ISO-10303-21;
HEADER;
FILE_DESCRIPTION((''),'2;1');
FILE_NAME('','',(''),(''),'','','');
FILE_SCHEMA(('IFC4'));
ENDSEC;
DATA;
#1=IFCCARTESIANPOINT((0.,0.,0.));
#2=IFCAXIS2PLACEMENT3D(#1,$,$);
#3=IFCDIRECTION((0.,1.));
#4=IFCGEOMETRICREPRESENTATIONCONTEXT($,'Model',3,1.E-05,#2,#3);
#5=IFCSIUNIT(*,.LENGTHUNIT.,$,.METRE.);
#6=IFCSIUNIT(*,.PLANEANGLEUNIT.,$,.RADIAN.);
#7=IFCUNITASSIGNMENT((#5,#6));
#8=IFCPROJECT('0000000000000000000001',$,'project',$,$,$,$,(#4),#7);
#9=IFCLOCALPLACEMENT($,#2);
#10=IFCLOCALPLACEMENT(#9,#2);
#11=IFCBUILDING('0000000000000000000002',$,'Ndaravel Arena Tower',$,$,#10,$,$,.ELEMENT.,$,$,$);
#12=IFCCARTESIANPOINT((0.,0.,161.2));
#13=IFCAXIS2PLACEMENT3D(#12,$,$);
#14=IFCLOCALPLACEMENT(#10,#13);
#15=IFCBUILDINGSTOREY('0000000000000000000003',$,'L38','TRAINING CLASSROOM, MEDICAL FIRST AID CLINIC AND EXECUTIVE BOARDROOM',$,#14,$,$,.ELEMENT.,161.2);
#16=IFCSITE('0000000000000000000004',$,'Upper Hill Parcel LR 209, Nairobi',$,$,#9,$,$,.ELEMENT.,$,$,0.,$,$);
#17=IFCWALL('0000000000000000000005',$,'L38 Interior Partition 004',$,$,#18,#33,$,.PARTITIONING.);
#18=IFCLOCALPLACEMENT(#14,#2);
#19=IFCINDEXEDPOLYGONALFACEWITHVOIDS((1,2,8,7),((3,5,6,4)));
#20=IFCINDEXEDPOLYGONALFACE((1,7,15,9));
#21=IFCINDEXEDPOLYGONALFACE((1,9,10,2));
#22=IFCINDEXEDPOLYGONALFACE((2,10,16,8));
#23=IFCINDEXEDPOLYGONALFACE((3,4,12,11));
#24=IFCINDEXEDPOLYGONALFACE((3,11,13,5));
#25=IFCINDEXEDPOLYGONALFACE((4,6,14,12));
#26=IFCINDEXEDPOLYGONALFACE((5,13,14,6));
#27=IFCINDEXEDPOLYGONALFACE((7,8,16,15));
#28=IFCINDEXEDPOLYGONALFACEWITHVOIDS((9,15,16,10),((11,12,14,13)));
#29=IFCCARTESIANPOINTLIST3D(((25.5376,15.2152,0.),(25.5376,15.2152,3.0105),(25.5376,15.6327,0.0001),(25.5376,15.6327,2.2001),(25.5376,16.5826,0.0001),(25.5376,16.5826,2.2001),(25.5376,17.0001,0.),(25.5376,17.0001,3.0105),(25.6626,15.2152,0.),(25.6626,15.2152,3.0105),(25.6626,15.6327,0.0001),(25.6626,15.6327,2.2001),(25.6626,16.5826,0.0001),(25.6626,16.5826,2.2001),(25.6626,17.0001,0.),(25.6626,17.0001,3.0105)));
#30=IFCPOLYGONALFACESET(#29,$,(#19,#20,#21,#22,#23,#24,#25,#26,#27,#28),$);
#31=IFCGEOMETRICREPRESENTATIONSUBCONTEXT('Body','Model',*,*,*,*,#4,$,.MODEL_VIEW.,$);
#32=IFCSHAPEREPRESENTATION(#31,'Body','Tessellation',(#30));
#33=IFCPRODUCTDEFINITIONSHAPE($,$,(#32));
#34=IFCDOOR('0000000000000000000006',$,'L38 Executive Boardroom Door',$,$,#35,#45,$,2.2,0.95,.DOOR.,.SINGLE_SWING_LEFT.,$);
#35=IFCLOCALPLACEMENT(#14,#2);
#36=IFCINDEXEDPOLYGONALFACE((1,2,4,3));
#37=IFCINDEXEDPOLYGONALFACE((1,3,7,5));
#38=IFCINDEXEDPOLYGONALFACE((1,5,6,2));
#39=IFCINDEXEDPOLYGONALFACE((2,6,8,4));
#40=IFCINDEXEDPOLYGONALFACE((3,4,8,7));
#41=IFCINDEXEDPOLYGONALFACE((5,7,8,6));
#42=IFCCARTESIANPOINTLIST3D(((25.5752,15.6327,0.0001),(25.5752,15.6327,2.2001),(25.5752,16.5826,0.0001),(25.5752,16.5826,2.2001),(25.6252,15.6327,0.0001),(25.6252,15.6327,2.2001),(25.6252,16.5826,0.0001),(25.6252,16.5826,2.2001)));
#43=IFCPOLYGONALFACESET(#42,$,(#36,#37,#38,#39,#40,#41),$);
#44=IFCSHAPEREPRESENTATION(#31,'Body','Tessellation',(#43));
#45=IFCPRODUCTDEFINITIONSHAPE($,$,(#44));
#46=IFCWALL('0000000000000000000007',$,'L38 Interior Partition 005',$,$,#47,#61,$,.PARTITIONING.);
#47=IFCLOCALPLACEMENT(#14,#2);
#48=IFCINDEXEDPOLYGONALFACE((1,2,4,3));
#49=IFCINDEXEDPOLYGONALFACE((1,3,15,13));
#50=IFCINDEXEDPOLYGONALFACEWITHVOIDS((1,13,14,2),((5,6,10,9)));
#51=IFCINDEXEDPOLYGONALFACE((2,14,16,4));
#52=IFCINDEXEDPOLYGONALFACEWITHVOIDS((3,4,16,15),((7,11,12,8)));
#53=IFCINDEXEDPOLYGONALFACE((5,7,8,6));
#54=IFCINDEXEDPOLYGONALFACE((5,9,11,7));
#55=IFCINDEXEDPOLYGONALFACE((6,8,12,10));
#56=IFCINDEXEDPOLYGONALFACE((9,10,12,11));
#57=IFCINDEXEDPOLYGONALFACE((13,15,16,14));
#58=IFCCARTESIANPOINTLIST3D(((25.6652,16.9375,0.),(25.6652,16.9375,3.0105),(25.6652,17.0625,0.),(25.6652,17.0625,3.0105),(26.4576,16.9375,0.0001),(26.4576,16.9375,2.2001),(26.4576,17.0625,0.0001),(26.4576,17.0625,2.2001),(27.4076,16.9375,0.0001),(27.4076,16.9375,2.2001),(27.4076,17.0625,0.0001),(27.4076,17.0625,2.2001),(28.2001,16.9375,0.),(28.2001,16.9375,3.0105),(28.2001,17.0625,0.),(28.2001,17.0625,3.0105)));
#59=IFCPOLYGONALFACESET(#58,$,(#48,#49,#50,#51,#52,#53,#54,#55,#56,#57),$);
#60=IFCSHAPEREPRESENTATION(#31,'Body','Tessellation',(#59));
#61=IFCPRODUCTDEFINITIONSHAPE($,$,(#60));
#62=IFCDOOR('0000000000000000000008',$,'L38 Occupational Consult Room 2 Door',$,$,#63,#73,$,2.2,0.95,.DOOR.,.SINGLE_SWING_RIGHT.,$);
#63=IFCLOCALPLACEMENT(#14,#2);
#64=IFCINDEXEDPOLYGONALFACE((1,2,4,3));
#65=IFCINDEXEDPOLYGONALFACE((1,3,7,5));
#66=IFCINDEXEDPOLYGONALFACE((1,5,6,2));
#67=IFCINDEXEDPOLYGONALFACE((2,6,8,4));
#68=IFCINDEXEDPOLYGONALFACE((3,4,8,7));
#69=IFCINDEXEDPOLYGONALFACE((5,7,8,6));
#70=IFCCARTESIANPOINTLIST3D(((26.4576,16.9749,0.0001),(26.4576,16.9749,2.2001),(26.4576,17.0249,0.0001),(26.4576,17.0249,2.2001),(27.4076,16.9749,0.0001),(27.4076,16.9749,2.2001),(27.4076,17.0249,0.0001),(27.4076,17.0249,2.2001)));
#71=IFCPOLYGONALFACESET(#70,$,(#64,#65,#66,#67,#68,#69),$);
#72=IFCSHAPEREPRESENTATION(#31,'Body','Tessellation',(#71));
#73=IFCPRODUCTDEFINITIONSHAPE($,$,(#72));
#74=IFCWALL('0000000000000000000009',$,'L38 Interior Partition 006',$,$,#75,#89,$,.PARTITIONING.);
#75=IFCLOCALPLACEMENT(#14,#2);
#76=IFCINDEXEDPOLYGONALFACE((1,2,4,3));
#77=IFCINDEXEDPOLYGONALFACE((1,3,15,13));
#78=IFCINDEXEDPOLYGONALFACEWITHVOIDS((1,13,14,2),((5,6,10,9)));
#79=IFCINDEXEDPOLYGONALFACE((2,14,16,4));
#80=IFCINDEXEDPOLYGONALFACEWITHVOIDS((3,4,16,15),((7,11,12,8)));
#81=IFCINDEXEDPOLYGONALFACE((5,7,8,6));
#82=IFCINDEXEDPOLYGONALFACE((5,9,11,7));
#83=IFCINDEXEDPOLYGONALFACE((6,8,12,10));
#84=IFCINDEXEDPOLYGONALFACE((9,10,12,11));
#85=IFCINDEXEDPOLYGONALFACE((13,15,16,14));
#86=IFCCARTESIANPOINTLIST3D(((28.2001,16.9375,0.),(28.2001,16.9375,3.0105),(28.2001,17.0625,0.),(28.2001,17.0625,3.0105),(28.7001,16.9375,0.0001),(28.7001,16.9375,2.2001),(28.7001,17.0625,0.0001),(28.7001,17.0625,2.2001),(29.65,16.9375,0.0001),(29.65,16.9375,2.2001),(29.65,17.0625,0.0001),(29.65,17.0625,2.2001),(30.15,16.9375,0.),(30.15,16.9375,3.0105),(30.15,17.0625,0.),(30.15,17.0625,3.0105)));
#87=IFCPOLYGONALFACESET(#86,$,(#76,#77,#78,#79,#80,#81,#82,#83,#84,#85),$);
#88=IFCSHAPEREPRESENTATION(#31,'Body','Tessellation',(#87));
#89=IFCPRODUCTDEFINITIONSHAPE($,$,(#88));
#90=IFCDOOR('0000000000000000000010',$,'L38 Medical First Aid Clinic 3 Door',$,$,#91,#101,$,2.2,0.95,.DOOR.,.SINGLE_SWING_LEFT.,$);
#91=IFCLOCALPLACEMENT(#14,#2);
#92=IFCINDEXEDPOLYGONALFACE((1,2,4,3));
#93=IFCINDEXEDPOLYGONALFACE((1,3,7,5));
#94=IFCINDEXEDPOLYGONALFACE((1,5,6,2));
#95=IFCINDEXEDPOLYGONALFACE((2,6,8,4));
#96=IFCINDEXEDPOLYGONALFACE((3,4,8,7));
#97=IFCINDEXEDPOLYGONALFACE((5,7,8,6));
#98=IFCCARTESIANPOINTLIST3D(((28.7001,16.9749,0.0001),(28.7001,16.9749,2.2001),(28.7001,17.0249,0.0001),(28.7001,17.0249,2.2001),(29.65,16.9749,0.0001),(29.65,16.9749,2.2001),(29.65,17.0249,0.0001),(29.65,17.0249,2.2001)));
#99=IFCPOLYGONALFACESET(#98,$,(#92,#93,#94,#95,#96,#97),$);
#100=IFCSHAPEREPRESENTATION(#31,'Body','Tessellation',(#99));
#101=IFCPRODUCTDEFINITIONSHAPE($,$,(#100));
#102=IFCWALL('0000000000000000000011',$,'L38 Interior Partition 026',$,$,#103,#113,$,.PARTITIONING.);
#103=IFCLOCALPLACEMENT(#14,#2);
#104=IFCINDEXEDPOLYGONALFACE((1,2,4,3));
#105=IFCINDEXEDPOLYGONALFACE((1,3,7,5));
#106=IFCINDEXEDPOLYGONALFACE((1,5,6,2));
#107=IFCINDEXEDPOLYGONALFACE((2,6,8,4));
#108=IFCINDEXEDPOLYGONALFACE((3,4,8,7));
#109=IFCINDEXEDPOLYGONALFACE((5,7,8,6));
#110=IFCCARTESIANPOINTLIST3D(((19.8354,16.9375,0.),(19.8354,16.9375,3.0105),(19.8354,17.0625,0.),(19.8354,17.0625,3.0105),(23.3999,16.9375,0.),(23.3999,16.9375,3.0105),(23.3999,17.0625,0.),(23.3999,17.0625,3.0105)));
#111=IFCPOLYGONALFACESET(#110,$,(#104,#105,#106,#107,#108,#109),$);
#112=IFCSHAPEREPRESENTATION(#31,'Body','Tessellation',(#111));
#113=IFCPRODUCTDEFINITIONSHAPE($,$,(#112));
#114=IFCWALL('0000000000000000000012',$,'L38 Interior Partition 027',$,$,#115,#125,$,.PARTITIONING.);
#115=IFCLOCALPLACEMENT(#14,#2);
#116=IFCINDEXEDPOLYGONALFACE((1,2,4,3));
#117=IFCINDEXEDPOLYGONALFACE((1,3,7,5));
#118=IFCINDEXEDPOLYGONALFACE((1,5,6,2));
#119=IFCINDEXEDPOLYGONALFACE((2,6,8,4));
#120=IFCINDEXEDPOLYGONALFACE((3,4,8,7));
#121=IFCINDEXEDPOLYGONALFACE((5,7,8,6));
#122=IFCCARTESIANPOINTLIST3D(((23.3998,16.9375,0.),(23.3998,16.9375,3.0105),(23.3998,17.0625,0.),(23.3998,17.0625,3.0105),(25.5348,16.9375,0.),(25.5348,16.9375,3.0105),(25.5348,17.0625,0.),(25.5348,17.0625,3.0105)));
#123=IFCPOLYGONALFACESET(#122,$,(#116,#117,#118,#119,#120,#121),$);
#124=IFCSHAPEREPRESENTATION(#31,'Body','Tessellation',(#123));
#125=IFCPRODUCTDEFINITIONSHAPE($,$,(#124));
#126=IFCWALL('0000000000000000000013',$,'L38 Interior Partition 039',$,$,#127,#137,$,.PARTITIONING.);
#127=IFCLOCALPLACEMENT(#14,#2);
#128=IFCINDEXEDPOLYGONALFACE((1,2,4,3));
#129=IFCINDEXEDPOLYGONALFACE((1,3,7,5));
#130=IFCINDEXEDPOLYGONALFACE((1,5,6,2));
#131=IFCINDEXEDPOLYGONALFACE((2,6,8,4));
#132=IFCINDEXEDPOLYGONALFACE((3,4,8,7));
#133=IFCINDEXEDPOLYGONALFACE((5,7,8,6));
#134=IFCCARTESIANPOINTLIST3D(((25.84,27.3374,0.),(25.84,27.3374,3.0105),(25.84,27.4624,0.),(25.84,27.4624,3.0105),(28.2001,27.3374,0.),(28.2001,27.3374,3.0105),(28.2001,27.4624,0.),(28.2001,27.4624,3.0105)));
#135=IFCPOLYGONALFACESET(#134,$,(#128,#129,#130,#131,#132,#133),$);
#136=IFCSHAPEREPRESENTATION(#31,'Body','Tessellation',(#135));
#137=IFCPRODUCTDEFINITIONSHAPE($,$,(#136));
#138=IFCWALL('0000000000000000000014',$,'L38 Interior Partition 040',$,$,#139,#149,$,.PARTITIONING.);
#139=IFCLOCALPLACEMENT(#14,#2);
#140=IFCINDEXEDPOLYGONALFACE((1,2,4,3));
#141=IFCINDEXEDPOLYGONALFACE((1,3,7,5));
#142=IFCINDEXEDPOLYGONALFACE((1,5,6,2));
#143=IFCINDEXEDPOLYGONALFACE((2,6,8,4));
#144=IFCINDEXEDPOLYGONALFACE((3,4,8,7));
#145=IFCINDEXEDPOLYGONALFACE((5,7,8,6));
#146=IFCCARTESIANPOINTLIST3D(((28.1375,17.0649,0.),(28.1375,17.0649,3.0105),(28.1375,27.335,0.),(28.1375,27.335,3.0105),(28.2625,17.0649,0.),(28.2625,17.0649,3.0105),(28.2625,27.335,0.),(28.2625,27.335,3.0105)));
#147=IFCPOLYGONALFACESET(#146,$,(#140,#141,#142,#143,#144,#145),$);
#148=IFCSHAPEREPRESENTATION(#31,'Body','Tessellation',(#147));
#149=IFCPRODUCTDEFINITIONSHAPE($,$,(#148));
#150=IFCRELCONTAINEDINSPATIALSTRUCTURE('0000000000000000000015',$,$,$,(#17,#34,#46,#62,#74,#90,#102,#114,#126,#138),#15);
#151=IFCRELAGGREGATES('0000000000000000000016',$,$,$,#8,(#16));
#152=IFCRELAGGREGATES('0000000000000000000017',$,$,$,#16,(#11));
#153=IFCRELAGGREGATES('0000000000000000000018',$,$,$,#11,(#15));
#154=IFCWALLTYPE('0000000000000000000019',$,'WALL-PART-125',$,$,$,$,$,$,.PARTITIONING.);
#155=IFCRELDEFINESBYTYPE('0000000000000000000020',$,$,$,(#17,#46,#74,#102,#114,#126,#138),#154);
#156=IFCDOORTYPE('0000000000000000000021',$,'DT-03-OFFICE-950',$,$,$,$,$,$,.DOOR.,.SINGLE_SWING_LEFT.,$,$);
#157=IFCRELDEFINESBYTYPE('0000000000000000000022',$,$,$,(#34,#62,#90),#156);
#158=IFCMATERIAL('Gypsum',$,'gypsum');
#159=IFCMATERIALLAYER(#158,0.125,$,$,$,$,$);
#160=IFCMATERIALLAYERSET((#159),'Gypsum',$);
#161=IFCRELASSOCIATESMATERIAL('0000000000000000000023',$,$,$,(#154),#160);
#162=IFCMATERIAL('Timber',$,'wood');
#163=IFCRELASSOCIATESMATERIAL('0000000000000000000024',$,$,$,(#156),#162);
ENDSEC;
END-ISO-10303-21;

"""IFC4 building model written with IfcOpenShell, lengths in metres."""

from ifc_helpers import new_model, si_unit, direction, frame, frame_2d, origin, place, context, subcontext, project, spatial, rectangle, extrude, material, layer, layer_set, type_object, element, fill, save


model = new_model("IFC4")

# Units and contexts
model_context = context("Model", 3, precision=1e-05, world=origin(), true_north=direction((0.0, 1.0)))
body_context = subcontext(model_context, "Body", "Model", "MODEL_VIEW")
ifc_project = project(units=[si_unit("LENGTHUNIT", "METRE"), si_unit("PLANEANGLEUNIT", "RADIAN")], contexts=[model_context])

# Site, building, storey
site_placement = place(None, origin())
site = spatial("IfcSite", under=ifc_project, at=site_placement, Name="Upper Hill Parcel LR 209, Nairobi", CompositionType="ELEMENT", RefElevation=0.0)
building_placement = place(site_placement, origin())
building = spatial("IfcBuilding", under=site, at=building_placement, Name="Ndaravel Arena Tower", CompositionType="ELEMENT")
storey_placement = place(building_placement, frame((0.0, 0.0, 161.2)))
storey = spatial("IfcBuildingStorey", under=building, at=storey_placement, Name="L38", Description="TRAINING CLASSROOM, MEDICAL FIRST AID CLINIC AND EXECUTIVE BOARDROOM", CompositionType="ELEMENT", Elevation=161.2)

# Shared definitions
ifc_material_1 = material(Name="Gypsum", Category="gypsum")
ifc_layer_1 = layer(ifc_material_1, 0.125)
ifc_layer_set_1 = layer_set([ifc_layer_1], Name="Gypsum")
wall_type_1 = type_object("IfcWallType", Name="WALL-PART-125", PredefinedType="PARTITIONING", material=ifc_layer_set_1)

# Walls, openings, doors
wall_1_placement = place(storey_placement, frame((25.6001, 15.2151, 0.0), z_axis=(0.0, 0.0, 1.0), x_axis=(0.0, 1.0, 0.0)))
wall_1 = element("IfcWall", 1, at=wall_1_placement, inside=storey, type_object=wall_type_1, Name="L38 Interior Partition 004", PredefinedType="PARTITIONING", context=body_context, shape_type="SweptSolid", body=[
    extrude(rectangle(XDim=1.7849, YDim=0.125, at=frame_2d((0.8926, 0.0))), origin(), (0.0, 0.0, 1.0), 3.0105),
])
opening_1_placement = place(wall_1_placement, frame((0.4175, 0.0, 0.0)))
opening_1 = element("IfcOpeningElement", 2, at=opening_1_placement, cuts=wall_1, PredefinedType="OPENING", context=body_context, shape_type="SweptSolid", body=[
    extrude(rectangle(XDim=0.95, YDim=2.2, at=frame_2d((0.4751, 1.1001))), frame((0.0, 0.0625, 0.0), z_axis=(0.0, -1.0, 0.0), x_axis=(1.0, 0.0, 0.0)), (0.0, 0.0, 1.0), 0.125),
])
ifc_material_2 = material(Name="Timber", Category="wood")
door_type_1 = type_object("IfcDoorType", Name="DT-03-OFFICE-950", OperationType="SINGLE_SWING_LEFT", PredefinedType="DOOR", material=ifc_material_2)
door_1_placement = place(opening_1_placement, origin())
door_1 = element("IfcDoor", 3, at=door_1_placement, inside=storey, type_object=door_type_1, Name="L38 Executive Boardroom Door", OperationType="SINGLE_SWING_LEFT", OverallHeight=2.2, OverallWidth=0.95, PredefinedType="DOOR", context=body_context, shape_type="SweptSolid", body=[
    extrude(rectangle(XDim=0.95, YDim=2.2, at=frame_2d((0.4751, 1.1001))), frame((0.0, 0.0249, 0.0), z_axis=(0.0, -1.0, 0.0), x_axis=(1.0, 0.0, 0.0)), (0.0, 0.0, 1.0), 0.05),
])
fill(opening_1, door_1)
wall_2_placement = place(storey_placement, frame((25.665, 17.0, 0.0), z_axis=(0.0, 0.0, 1.0), x_axis=(1.0, 0.0, 0.0)))
wall_2 = element("IfcWall", 4, at=wall_2_placement, inside=storey, type_object=wall_type_1, Name="L38 Interior Partition 005", PredefinedType="PARTITIONING", context=body_context, shape_type="SweptSolid", body=[
    extrude(rectangle(XDim=2.5349, YDim=0.125, at=frame_2d((1.2676, 0.0))), origin(), (0.0, 0.0, 1.0), 3.0105),
])
opening_2_placement = place(wall_2_placement, frame((0.7925, 0.0, 0.0)))
opening_2 = element("IfcOpeningElement", 5, at=opening_2_placement, cuts=wall_2, PredefinedType="OPENING", context=body_context, shape_type="SweptSolid", body=[
    extrude(rectangle(XDim=0.95, YDim=2.2, at=frame_2d((0.4751, 1.1001))), frame((0.0, 0.0625, 0.0), z_axis=(0.0, -1.0, 0.0), x_axis=(1.0, 0.0, 0.0)), (0.0, 0.0, 1.0), 0.125),
])
door_2_placement = place(opening_2_placement, origin())
door_2 = element("IfcDoor", 6, at=door_2_placement, inside=storey, type_object=door_type_1, Name="L38 Occupational Consult Room 2 Door", OperationType="SINGLE_SWING_RIGHT", OverallHeight=2.2, OverallWidth=0.95, PredefinedType="DOOR", context=body_context, shape_type="SweptSolid", body=[
    extrude(rectangle(XDim=0.95, YDim=2.2, at=frame_2d((0.4751, 1.1001))), frame((0.0, 0.0249, 0.0), z_axis=(0.0, -1.0, 0.0), x_axis=(1.0, 0.0, 0.0)), (0.0, 0.0, 1.0), 0.05),
])
fill(opening_2, door_2)
wall_3_placement = place(storey_placement, frame((28.2, 17.0, 0.0), z_axis=(0.0, 0.0, 1.0), x_axis=(1.0, 0.0, 0.0)))
wall_3 = element("IfcWall", 7, at=wall_3_placement, inside=storey, type_object=wall_type_1, Name="L38 Interior Partition 006", PredefinedType="PARTITIONING", context=body_context, shape_type="SweptSolid", body=[
    extrude(rectangle(XDim=1.95, YDim=0.125, at=frame_2d((0.9751, 0.0))), origin(), (0.0, 0.0, 1.0), 3.0105),
])
opening_3_placement = place(wall_3_placement, frame((0.5, 0.0, 0.0)))
opening_3 = element("IfcOpeningElement", 8, at=opening_3_placement, cuts=wall_3, PredefinedType="OPENING", context=body_context, shape_type="SweptSolid", body=[
    extrude(rectangle(XDim=0.95, YDim=2.2, at=frame_2d((0.4751, 1.1001))), frame((0.0, 0.0625, 0.0), z_axis=(0.0, -1.0, 0.0), x_axis=(1.0, 0.0, 0.0)), (0.0, 0.0, 1.0), 0.125),
])
door_3_placement = place(opening_3_placement, origin())
door_3 = element("IfcDoor", 9, at=door_3_placement, inside=storey, type_object=door_type_1, Name="L38 Medical First Aid Clinic 3 Door", OperationType="SINGLE_SWING_LEFT", OverallHeight=2.2, OverallWidth=0.95, PredefinedType="DOOR", context=body_context, shape_type="SweptSolid", body=[
    extrude(rectangle(XDim=0.95, YDim=2.2, at=frame_2d((0.4751, 1.1001))), frame((0.0, 0.0249, 0.0), z_axis=(0.0, -1.0, 0.0), x_axis=(1.0, 0.0, 0.0)), (0.0, 0.0, 1.0), 0.05),
])
fill(opening_3, door_3)

# Walls
wall_4_placement = place(storey_placement, frame((19.8354, 17.0, 0.0), z_axis=(0.0, 0.0, 1.0), x_axis=(1.0, 0.0, 0.0)))
element("IfcWall", 10, at=wall_4_placement, inside=storey, type_object=wall_type_1, Name="L38 Interior Partition 026", PredefinedType="PARTITIONING", context=body_context, shape_type="SweptSolid", body=[
    extrude(rectangle(XDim=3.5645, YDim=0.125, at=frame_2d((1.7822, 0.0))), origin(), (0.0, 0.0, 1.0), 3.0105),
])
wall_5_placement = place(storey_placement, frame((23.3999, 17.0, 0.0), z_axis=(0.0, 0.0, 1.0), x_axis=(1.0, 0.0, 0.0)))
element("IfcWall", 11, at=wall_5_placement, inside=storey, type_object=wall_type_1, Name="L38 Interior Partition 027", PredefinedType="PARTITIONING", context=body_context, shape_type="SweptSolid", body=[
    extrude(rectangle(XDim=2.135, YDim=0.125, at=frame_2d((1.0674, 0.0))), origin(), (0.0, 0.0, 1.0), 3.0105),
])
wall_6_placement = place(storey_placement, frame((25.8398, 27.3999, 0.0), z_axis=(0.0, 0.0, 1.0), x_axis=(1.0, 0.0, 0.0)))
element("IfcWall", 12, at=wall_6_placement, inside=storey, type_object=wall_type_1, Name="L38 Interior Partition 039", PredefinedType="PARTITIONING", context=body_context, shape_type="SweptSolid", body=[
    extrude(rectangle(XDim=2.3601, YDim=0.125, at=frame_2d((1.1802, 0.0))), origin(), (0.0, 0.0, 1.0), 3.0105),
])
wall_7_placement = place(storey_placement, frame((28.2, 27.335, 0.0), z_axis=(0.0, 0.0, 1.0), x_axis=(0.0, -1.0, 0.0)))
element("IfcWall", 13, at=wall_7_placement, inside=storey, type_object=wall_type_1, Name="L38 Interior Partition 040", PredefinedType="PARTITIONING", context=body_context, shape_type="SweptSolid", body=[
    extrude(rectangle(XDim=10.27, YDim=0.125, at=frame_2d((5.135, 0.0))), origin(), (0.0, 0.0, 1.0), 3.0105),
])

save(model, "model.ifc")
